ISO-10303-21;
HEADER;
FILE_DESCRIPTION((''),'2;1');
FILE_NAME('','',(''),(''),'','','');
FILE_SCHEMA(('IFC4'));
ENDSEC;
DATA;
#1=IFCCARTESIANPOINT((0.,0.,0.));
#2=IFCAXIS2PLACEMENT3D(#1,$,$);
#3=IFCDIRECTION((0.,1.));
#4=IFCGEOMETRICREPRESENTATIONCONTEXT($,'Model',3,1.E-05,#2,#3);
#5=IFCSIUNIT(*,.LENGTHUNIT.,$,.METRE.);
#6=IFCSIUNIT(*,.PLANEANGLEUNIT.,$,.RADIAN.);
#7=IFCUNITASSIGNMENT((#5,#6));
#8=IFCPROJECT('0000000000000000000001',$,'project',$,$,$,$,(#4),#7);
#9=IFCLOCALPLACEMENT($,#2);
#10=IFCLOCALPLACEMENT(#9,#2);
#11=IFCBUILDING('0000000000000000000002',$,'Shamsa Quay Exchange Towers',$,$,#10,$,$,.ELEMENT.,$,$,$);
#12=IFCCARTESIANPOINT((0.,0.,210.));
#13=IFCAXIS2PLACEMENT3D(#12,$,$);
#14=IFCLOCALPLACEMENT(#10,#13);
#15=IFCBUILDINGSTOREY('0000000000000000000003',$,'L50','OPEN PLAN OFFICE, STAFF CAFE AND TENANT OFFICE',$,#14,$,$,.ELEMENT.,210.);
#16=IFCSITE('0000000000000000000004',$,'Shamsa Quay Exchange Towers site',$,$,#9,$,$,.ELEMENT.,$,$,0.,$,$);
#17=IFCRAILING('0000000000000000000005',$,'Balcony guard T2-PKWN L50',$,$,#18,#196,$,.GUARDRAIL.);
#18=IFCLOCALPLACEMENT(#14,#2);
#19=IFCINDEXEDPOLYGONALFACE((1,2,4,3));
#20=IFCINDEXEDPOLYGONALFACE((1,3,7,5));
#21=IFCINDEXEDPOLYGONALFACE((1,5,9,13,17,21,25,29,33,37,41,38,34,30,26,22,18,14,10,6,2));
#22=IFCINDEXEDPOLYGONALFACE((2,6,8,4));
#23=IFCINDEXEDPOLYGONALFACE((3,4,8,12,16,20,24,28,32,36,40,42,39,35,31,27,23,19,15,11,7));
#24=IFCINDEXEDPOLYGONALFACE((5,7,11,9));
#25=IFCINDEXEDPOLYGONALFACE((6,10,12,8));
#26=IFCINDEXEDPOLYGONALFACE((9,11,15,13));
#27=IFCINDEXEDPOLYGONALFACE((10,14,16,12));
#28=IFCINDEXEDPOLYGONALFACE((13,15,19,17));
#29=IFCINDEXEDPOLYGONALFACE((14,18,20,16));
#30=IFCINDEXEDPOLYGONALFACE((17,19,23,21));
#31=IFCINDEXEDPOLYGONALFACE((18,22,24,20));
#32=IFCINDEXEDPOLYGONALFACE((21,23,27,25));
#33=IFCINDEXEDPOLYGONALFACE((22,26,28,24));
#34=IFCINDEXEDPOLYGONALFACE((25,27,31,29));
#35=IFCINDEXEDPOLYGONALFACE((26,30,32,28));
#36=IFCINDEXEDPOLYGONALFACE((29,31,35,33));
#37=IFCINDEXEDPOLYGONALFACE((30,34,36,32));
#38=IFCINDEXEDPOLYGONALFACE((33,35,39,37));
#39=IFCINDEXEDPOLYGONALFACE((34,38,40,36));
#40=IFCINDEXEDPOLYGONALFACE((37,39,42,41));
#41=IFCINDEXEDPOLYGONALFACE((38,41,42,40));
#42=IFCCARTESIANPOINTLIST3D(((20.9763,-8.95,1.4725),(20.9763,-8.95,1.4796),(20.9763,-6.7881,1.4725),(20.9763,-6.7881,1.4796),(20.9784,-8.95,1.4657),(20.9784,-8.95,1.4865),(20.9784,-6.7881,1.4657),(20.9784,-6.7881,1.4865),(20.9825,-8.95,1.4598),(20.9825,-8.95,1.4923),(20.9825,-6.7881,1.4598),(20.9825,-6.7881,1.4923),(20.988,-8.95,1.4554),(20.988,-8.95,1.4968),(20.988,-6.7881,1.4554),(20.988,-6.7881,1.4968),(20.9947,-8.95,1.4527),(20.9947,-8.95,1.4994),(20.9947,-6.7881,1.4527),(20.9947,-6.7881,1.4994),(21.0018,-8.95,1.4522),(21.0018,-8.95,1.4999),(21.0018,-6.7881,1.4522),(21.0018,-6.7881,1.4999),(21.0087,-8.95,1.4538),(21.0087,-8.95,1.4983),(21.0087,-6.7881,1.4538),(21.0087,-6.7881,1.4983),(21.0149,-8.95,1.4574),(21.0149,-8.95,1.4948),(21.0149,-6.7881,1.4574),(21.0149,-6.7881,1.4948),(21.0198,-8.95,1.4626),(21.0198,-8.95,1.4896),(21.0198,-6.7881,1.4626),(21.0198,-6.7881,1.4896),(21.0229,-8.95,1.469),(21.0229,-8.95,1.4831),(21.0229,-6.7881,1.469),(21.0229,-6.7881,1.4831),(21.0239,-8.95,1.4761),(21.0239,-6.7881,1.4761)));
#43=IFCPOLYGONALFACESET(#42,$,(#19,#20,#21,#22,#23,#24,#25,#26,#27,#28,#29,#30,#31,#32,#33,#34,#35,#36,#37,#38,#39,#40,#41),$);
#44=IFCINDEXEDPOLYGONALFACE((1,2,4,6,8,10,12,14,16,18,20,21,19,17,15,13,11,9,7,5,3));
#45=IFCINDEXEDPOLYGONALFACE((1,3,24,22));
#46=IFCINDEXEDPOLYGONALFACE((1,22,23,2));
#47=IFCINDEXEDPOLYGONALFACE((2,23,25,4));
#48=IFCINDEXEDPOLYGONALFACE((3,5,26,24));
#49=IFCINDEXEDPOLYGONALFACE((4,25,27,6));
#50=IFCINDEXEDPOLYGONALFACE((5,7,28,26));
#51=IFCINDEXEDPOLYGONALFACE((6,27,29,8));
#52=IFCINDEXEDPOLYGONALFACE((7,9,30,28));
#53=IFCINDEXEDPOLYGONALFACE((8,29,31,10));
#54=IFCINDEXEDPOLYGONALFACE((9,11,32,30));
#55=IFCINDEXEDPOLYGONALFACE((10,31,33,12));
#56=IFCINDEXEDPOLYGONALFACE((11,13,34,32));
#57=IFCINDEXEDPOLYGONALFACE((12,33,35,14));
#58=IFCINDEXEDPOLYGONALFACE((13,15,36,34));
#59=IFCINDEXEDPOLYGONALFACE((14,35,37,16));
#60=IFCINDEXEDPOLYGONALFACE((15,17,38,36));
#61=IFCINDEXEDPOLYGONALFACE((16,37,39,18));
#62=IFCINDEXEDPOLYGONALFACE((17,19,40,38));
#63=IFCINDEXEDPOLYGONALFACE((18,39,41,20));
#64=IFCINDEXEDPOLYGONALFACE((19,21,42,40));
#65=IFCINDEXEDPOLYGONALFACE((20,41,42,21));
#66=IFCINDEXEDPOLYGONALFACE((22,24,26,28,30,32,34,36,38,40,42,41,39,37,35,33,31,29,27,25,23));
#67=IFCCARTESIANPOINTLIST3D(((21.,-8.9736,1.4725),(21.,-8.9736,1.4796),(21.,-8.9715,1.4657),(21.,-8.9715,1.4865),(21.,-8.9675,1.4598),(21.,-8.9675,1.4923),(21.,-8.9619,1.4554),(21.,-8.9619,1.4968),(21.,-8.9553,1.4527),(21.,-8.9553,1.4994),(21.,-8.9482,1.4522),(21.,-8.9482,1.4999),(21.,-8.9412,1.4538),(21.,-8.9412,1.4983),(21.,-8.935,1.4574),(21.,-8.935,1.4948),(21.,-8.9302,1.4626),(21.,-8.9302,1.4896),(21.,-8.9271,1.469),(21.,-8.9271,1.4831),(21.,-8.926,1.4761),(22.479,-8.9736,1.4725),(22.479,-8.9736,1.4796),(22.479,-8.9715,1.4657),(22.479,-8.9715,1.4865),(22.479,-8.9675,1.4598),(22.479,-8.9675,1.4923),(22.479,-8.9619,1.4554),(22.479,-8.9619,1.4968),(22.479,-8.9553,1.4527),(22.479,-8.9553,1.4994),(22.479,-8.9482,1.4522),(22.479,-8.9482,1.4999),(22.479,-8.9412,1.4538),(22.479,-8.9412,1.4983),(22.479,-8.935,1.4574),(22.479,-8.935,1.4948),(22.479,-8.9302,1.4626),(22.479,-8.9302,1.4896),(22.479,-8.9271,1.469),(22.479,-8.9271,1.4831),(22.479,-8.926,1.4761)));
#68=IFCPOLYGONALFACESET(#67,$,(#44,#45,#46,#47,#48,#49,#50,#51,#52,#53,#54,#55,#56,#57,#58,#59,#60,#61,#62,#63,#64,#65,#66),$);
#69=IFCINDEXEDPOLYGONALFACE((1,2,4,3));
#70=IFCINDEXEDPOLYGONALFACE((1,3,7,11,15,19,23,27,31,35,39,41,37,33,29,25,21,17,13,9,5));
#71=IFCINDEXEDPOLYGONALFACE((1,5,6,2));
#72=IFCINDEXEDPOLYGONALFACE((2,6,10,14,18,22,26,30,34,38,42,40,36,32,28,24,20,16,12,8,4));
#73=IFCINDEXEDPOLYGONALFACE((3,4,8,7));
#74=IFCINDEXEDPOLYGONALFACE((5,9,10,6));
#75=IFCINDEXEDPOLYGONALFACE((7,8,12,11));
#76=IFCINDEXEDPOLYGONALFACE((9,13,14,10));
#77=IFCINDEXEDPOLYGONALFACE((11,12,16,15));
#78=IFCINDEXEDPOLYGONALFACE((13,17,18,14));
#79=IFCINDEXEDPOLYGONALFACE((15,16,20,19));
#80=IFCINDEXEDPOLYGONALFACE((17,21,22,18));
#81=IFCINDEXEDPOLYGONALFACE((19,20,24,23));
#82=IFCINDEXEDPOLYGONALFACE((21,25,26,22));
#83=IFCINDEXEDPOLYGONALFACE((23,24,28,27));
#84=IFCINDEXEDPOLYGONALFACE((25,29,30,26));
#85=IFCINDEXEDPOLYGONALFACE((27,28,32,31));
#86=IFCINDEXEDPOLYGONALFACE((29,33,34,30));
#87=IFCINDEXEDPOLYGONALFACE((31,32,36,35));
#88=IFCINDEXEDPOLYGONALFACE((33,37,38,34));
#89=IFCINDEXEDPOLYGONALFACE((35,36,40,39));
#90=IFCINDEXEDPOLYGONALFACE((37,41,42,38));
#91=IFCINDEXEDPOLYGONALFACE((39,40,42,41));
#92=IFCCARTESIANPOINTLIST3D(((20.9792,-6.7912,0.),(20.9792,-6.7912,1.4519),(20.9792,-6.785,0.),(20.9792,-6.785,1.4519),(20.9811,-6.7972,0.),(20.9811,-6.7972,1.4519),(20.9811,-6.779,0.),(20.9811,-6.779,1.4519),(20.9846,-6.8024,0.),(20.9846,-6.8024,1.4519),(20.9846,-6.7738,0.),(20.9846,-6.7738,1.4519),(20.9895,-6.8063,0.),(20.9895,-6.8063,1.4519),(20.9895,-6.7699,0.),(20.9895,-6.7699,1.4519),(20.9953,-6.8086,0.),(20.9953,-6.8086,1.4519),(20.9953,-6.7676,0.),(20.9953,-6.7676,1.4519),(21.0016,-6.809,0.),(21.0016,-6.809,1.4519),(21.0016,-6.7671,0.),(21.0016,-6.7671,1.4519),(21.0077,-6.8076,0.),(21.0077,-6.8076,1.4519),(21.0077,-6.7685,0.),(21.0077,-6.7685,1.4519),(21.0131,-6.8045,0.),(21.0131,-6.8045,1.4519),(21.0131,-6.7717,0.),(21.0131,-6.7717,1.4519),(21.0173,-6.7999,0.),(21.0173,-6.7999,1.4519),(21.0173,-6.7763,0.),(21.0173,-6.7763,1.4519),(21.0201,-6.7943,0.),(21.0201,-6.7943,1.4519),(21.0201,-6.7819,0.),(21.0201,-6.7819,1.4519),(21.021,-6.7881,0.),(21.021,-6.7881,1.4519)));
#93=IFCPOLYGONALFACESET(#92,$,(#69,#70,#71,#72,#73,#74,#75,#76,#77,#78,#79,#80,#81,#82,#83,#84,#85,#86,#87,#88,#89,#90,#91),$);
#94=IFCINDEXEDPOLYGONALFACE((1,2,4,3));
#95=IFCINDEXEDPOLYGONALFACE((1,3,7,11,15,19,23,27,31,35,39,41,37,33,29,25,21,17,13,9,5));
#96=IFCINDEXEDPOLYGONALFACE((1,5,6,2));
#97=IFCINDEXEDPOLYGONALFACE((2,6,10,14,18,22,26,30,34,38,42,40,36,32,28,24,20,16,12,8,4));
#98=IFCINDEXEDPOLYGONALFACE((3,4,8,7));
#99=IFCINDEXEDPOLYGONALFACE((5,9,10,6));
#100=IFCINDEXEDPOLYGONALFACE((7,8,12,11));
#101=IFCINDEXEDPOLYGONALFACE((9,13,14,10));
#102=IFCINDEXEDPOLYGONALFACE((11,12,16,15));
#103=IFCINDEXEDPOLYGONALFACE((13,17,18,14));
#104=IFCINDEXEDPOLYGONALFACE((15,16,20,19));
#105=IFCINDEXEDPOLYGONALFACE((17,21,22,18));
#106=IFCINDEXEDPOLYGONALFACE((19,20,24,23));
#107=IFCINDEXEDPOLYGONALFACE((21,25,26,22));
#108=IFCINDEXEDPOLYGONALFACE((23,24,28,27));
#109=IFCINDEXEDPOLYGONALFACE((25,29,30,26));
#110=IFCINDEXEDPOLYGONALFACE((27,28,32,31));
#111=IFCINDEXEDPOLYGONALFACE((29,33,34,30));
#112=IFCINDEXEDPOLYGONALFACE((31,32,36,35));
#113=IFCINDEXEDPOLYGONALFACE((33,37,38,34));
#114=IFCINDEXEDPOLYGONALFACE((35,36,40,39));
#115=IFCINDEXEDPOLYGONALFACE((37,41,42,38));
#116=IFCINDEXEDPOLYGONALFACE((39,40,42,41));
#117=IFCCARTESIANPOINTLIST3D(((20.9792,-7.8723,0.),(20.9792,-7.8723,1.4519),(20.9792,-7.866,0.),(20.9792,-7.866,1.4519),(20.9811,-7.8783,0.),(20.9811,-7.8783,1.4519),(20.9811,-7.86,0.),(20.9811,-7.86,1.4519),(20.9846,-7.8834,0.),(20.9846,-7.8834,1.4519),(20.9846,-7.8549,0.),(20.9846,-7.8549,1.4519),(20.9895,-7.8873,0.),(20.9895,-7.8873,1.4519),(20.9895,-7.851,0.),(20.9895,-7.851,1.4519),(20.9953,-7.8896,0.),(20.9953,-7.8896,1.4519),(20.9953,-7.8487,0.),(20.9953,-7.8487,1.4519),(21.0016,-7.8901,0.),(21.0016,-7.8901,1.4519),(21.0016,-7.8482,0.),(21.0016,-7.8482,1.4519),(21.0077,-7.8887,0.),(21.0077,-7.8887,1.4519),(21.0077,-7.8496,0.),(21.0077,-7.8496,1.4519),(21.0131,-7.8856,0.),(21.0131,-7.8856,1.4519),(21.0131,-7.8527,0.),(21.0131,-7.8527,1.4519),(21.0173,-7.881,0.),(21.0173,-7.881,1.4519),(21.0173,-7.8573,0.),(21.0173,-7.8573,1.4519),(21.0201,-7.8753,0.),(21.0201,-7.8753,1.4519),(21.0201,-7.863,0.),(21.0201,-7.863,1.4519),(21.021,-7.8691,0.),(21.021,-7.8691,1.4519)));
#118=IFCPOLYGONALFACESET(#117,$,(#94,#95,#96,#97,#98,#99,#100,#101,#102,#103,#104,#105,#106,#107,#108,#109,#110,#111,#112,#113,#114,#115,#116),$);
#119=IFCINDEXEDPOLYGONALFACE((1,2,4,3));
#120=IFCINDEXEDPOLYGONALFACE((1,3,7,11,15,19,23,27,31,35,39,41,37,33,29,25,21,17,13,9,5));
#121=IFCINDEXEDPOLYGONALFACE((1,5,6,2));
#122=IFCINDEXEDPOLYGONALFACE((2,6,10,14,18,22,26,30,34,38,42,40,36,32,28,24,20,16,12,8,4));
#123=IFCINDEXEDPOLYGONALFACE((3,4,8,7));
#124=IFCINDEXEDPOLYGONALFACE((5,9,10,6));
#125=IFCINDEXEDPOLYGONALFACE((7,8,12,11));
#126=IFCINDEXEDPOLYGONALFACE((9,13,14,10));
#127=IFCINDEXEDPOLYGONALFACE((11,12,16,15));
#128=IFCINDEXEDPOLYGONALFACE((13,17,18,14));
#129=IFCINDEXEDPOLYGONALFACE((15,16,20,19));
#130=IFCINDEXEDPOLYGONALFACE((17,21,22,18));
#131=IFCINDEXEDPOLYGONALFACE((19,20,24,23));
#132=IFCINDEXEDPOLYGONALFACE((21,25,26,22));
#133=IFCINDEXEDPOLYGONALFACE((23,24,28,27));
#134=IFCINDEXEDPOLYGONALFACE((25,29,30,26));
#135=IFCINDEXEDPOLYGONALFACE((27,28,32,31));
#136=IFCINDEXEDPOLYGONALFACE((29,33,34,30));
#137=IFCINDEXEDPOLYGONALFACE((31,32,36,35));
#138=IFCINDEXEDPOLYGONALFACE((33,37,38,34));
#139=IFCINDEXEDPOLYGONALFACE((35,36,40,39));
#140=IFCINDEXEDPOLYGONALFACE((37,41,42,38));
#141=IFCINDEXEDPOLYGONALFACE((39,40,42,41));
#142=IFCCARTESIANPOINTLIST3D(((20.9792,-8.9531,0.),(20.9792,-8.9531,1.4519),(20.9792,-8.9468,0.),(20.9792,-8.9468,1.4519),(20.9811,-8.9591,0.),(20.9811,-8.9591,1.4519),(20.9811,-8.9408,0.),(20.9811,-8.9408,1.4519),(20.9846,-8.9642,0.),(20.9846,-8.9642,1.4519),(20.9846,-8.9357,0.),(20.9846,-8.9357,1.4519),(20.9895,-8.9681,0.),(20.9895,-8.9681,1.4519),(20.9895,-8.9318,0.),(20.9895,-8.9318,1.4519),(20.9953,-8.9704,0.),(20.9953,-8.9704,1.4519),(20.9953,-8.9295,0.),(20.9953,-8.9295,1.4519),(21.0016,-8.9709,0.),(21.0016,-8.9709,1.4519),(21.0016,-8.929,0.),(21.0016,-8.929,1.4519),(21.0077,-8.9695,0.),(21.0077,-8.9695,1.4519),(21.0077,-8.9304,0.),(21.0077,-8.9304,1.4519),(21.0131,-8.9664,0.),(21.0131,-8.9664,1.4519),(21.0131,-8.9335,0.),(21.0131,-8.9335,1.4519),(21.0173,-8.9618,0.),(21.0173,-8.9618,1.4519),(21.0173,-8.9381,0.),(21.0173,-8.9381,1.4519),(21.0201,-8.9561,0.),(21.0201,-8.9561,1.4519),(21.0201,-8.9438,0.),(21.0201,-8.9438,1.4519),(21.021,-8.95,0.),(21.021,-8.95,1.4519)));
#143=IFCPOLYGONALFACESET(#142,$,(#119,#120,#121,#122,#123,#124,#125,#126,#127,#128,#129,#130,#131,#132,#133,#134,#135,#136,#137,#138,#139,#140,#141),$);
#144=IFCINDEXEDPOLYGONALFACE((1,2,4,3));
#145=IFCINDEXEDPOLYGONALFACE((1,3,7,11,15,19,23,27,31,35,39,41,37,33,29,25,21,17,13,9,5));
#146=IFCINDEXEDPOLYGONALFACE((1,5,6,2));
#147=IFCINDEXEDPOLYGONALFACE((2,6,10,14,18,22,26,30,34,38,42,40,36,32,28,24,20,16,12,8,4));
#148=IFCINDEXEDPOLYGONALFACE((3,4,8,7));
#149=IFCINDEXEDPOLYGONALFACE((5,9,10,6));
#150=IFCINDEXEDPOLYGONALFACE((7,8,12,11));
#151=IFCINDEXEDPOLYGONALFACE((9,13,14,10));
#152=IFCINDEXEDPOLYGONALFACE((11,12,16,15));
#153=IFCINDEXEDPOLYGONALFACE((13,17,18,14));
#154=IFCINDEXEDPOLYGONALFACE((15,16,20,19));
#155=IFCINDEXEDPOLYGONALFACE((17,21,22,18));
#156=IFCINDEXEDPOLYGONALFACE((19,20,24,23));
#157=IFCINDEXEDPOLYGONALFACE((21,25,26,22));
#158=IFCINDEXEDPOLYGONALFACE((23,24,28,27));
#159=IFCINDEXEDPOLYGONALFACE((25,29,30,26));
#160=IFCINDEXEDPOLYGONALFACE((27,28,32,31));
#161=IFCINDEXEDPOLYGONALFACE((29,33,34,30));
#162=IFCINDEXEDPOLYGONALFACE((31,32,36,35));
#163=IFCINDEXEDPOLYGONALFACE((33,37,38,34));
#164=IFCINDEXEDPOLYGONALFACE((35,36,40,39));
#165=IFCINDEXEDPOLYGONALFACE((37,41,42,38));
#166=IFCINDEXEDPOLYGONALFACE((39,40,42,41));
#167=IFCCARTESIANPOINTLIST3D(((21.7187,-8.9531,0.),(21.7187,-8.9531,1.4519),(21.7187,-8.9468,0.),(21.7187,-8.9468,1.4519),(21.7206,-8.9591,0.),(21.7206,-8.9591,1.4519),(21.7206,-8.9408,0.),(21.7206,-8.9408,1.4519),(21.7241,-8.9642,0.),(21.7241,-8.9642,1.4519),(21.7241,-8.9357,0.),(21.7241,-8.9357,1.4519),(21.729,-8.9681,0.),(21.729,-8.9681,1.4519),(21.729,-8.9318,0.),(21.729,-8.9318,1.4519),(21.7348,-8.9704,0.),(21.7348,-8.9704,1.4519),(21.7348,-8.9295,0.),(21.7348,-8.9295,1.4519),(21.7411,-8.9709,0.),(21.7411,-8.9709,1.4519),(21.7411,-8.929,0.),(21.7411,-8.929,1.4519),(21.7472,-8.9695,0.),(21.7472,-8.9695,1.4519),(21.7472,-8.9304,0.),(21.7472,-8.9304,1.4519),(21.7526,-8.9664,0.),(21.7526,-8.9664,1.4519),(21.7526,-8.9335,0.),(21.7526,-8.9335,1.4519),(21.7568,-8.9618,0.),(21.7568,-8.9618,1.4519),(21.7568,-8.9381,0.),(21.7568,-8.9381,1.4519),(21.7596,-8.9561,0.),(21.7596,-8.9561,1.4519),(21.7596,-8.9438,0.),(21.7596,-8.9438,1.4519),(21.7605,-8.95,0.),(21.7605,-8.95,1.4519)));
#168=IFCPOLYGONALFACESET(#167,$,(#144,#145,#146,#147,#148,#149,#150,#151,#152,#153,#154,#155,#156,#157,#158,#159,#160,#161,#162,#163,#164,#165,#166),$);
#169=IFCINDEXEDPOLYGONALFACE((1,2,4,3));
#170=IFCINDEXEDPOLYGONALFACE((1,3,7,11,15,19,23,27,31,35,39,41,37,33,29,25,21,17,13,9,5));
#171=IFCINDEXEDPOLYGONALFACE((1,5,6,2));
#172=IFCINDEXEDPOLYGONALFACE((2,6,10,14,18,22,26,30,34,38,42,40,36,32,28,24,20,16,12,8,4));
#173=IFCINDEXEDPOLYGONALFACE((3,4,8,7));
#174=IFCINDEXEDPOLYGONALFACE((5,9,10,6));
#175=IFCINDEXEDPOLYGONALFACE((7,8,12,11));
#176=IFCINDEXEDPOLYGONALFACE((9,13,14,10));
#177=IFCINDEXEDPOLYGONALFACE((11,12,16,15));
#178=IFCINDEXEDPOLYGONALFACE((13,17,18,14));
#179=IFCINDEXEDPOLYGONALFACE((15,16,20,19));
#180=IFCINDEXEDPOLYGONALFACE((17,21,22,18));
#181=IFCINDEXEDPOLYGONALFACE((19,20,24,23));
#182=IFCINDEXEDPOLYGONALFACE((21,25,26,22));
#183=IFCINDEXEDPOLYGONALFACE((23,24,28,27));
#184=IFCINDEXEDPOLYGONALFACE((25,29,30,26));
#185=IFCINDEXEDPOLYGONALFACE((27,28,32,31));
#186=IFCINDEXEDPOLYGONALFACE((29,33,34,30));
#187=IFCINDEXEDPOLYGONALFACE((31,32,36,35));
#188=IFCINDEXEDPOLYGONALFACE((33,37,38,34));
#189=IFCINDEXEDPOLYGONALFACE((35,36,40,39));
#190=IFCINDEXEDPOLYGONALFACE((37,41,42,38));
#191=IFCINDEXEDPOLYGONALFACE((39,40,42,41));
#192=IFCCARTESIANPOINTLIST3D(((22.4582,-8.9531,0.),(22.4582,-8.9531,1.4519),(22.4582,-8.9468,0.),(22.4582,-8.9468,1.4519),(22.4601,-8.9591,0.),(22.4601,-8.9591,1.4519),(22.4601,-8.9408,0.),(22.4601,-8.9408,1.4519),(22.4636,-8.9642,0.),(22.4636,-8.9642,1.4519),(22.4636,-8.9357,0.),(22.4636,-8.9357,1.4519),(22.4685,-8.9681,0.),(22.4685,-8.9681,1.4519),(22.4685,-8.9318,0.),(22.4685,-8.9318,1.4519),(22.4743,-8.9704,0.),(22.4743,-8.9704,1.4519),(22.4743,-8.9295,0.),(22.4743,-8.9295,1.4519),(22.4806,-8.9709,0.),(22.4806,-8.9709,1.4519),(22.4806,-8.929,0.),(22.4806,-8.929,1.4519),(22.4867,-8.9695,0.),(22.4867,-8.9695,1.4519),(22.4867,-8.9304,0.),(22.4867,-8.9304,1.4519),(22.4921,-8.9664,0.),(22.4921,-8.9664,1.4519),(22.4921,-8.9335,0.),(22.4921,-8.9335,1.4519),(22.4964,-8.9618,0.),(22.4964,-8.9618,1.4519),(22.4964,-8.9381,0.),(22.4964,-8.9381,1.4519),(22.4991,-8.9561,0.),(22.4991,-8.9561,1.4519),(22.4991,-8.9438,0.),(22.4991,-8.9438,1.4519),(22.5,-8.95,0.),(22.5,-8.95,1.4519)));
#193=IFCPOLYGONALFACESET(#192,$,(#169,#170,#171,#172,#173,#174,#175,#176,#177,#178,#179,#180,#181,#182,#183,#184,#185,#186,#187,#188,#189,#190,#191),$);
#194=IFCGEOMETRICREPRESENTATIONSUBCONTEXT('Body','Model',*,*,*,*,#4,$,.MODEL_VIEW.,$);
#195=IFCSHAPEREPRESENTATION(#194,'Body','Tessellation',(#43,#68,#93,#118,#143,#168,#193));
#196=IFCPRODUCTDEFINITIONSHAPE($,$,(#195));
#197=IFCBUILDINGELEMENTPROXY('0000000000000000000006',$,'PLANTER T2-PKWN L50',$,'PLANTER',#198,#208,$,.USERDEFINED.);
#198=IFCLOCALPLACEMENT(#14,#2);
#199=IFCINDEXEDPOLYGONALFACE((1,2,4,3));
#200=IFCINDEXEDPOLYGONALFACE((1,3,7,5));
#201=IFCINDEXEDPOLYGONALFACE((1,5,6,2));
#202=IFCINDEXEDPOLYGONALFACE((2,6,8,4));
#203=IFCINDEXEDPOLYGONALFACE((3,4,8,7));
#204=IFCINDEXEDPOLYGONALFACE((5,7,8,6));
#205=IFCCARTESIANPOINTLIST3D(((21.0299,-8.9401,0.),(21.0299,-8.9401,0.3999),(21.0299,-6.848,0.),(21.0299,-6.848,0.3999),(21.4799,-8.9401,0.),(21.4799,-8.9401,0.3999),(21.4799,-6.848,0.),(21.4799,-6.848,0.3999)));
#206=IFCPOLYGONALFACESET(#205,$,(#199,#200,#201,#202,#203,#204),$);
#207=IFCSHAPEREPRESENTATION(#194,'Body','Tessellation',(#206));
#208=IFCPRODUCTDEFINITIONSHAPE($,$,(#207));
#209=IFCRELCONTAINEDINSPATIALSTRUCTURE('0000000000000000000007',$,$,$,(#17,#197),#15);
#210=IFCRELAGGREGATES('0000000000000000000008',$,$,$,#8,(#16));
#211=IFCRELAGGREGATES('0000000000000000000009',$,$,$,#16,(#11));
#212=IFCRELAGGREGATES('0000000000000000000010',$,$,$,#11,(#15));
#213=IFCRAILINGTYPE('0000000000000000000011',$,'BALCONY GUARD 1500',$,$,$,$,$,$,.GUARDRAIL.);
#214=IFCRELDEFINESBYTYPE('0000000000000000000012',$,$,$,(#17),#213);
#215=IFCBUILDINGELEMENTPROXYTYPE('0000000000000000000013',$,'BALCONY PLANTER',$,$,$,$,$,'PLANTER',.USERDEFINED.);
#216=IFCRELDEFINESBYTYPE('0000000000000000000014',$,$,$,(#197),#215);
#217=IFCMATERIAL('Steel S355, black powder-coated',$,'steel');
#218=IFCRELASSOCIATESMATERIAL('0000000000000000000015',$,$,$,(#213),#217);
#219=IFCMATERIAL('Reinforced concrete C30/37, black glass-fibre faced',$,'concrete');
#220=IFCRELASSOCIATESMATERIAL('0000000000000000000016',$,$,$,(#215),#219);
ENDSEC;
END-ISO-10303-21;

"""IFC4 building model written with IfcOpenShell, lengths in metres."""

from ifc_helpers import new_model, si_unit, direction, frame, origin, origin_2d, place, context, subcontext, project, spatial, rectangle, circle, extrude, material, type_object, element, save


model = new_model("IFC4")

# Units and contexts
model_context = context("Model", 3, precision=1e-05, world=origin(), true_north=direction((0.0, 1.0)))
body_context = subcontext(model_context, "Body", "Model", "MODEL_VIEW")
ifc_project = project(units=[si_unit("LENGTHUNIT", "METRE"), si_unit("PLANEANGLEUNIT", "RADIAN")], contexts=[model_context])

# Site, building, storey
site_placement = place(None, origin())
site = spatial("IfcSite", under=ifc_project, at=site_placement, Name="Shamsa Quay Exchange Towers site", CompositionType="ELEMENT", RefElevation=0.0)
building_placement = place(site_placement, origin())
building = spatial("IfcBuilding", under=site, at=building_placement, Name="Shamsa Quay Exchange Towers", CompositionType="ELEMENT")
storey_placement = place(building_placement, frame((0.0, 0.0, 210.0)))
storey = spatial("IfcBuildingStorey", under=building, at=storey_placement, Name="L50", Description="OPEN PLAN OFFICE, STAFF CAFE AND TENANT OFFICE", CompositionType="ELEMENT", Elevation=210.0)

# Railing
ifc_material_1 = material(Name="Steel S355, black powder-coated", Category="steel")
railing_type_1 = type_object("IfcRailingType", Name="BALCONY GUARD 1500", PredefinedType="GUARDRAIL", material=ifc_material_1)
railing_1_placement = place(storey_placement, frame((21.0, -6.7881, 0.0)))
element("IfcRailing", 1, at=railing_1_placement, inside=storey, type_object=railing_type_1, Name="Balcony guard T2-PKWN L50", PredefinedType="GUARDRAIL", context=body_context, shape_type="SweptSolid", body=[
    extrude(circle(Radius=0.0239, at=origin_2d()), frame((0.0, 0.0, 1.4761), z_axis=(0.0, -1.0, 0.0), x_axis=(1.0, 0.0, 0.0)), (0.0, 0.0, 1.0), 2.1619),
    extrude(circle(Radius=0.0239, at=origin_2d()), frame((0.0, -2.1619, 1.4761), z_axis=(1.0, 0.0, 0.0), x_axis=(0.0, 1.0, 0.0)), (0.0, 0.0, 1.0), 1.479),
    extrude(circle(Radius=0.021, at=origin_2d()), origin(), (0.0, 0.0, 1.0), 1.4519),
    extrude(circle(Radius=0.021, at=origin_2d()), frame((0.0, -1.0811, 0.0)), (0.0, 0.0, 1.0), 1.4519),
    extrude(circle(Radius=0.021, at=origin_2d()), frame((0.0, -2.1619, 0.0)), (0.0, 0.0, 1.0), 1.4519),
    extrude(circle(Radius=0.021, at=origin_2d()), frame((0.7395, -2.1619, 0.0)), (0.0, 0.0, 1.0), 1.4519),
    extrude(circle(Radius=0.021, at=origin_2d()), frame((1.479, -2.1619, 0.0)), (0.0, 0.0, 1.0), 1.4519),
])

# Building element proxy
ifc_material_2 = material(Name="Reinforced concrete C30/37, black glass-fibre faced", Category="concrete")
building_element_proxy_type = type_object("IfcBuildingElementProxyType", Name="BALCONY PLANTER", ElementType="PLANTER", PredefinedType="USERDEFINED", material=ifc_material_2)
proxy_placement = place(storey_placement, frame((21.2549, -7.894, 0.0), z_axis=(0.0, 0.0, 1.0), x_axis=(0.0, -1.0, 0.0)))
element("IfcBuildingElementProxy", 2, at=proxy_placement, inside=storey, type_object=building_element_proxy_type, Name="PLANTER T2-PKWN L50", ObjectType="PLANTER", PredefinedType="USERDEFINED", context=body_context, shape_type="SweptSolid", body=[
    extrude(rectangle(XDim=2.092, YDim=0.45, at=origin_2d()), origin(), (0.0, 0.0, 1.0), 0.3999),
])

save(model, "model.ifc")
